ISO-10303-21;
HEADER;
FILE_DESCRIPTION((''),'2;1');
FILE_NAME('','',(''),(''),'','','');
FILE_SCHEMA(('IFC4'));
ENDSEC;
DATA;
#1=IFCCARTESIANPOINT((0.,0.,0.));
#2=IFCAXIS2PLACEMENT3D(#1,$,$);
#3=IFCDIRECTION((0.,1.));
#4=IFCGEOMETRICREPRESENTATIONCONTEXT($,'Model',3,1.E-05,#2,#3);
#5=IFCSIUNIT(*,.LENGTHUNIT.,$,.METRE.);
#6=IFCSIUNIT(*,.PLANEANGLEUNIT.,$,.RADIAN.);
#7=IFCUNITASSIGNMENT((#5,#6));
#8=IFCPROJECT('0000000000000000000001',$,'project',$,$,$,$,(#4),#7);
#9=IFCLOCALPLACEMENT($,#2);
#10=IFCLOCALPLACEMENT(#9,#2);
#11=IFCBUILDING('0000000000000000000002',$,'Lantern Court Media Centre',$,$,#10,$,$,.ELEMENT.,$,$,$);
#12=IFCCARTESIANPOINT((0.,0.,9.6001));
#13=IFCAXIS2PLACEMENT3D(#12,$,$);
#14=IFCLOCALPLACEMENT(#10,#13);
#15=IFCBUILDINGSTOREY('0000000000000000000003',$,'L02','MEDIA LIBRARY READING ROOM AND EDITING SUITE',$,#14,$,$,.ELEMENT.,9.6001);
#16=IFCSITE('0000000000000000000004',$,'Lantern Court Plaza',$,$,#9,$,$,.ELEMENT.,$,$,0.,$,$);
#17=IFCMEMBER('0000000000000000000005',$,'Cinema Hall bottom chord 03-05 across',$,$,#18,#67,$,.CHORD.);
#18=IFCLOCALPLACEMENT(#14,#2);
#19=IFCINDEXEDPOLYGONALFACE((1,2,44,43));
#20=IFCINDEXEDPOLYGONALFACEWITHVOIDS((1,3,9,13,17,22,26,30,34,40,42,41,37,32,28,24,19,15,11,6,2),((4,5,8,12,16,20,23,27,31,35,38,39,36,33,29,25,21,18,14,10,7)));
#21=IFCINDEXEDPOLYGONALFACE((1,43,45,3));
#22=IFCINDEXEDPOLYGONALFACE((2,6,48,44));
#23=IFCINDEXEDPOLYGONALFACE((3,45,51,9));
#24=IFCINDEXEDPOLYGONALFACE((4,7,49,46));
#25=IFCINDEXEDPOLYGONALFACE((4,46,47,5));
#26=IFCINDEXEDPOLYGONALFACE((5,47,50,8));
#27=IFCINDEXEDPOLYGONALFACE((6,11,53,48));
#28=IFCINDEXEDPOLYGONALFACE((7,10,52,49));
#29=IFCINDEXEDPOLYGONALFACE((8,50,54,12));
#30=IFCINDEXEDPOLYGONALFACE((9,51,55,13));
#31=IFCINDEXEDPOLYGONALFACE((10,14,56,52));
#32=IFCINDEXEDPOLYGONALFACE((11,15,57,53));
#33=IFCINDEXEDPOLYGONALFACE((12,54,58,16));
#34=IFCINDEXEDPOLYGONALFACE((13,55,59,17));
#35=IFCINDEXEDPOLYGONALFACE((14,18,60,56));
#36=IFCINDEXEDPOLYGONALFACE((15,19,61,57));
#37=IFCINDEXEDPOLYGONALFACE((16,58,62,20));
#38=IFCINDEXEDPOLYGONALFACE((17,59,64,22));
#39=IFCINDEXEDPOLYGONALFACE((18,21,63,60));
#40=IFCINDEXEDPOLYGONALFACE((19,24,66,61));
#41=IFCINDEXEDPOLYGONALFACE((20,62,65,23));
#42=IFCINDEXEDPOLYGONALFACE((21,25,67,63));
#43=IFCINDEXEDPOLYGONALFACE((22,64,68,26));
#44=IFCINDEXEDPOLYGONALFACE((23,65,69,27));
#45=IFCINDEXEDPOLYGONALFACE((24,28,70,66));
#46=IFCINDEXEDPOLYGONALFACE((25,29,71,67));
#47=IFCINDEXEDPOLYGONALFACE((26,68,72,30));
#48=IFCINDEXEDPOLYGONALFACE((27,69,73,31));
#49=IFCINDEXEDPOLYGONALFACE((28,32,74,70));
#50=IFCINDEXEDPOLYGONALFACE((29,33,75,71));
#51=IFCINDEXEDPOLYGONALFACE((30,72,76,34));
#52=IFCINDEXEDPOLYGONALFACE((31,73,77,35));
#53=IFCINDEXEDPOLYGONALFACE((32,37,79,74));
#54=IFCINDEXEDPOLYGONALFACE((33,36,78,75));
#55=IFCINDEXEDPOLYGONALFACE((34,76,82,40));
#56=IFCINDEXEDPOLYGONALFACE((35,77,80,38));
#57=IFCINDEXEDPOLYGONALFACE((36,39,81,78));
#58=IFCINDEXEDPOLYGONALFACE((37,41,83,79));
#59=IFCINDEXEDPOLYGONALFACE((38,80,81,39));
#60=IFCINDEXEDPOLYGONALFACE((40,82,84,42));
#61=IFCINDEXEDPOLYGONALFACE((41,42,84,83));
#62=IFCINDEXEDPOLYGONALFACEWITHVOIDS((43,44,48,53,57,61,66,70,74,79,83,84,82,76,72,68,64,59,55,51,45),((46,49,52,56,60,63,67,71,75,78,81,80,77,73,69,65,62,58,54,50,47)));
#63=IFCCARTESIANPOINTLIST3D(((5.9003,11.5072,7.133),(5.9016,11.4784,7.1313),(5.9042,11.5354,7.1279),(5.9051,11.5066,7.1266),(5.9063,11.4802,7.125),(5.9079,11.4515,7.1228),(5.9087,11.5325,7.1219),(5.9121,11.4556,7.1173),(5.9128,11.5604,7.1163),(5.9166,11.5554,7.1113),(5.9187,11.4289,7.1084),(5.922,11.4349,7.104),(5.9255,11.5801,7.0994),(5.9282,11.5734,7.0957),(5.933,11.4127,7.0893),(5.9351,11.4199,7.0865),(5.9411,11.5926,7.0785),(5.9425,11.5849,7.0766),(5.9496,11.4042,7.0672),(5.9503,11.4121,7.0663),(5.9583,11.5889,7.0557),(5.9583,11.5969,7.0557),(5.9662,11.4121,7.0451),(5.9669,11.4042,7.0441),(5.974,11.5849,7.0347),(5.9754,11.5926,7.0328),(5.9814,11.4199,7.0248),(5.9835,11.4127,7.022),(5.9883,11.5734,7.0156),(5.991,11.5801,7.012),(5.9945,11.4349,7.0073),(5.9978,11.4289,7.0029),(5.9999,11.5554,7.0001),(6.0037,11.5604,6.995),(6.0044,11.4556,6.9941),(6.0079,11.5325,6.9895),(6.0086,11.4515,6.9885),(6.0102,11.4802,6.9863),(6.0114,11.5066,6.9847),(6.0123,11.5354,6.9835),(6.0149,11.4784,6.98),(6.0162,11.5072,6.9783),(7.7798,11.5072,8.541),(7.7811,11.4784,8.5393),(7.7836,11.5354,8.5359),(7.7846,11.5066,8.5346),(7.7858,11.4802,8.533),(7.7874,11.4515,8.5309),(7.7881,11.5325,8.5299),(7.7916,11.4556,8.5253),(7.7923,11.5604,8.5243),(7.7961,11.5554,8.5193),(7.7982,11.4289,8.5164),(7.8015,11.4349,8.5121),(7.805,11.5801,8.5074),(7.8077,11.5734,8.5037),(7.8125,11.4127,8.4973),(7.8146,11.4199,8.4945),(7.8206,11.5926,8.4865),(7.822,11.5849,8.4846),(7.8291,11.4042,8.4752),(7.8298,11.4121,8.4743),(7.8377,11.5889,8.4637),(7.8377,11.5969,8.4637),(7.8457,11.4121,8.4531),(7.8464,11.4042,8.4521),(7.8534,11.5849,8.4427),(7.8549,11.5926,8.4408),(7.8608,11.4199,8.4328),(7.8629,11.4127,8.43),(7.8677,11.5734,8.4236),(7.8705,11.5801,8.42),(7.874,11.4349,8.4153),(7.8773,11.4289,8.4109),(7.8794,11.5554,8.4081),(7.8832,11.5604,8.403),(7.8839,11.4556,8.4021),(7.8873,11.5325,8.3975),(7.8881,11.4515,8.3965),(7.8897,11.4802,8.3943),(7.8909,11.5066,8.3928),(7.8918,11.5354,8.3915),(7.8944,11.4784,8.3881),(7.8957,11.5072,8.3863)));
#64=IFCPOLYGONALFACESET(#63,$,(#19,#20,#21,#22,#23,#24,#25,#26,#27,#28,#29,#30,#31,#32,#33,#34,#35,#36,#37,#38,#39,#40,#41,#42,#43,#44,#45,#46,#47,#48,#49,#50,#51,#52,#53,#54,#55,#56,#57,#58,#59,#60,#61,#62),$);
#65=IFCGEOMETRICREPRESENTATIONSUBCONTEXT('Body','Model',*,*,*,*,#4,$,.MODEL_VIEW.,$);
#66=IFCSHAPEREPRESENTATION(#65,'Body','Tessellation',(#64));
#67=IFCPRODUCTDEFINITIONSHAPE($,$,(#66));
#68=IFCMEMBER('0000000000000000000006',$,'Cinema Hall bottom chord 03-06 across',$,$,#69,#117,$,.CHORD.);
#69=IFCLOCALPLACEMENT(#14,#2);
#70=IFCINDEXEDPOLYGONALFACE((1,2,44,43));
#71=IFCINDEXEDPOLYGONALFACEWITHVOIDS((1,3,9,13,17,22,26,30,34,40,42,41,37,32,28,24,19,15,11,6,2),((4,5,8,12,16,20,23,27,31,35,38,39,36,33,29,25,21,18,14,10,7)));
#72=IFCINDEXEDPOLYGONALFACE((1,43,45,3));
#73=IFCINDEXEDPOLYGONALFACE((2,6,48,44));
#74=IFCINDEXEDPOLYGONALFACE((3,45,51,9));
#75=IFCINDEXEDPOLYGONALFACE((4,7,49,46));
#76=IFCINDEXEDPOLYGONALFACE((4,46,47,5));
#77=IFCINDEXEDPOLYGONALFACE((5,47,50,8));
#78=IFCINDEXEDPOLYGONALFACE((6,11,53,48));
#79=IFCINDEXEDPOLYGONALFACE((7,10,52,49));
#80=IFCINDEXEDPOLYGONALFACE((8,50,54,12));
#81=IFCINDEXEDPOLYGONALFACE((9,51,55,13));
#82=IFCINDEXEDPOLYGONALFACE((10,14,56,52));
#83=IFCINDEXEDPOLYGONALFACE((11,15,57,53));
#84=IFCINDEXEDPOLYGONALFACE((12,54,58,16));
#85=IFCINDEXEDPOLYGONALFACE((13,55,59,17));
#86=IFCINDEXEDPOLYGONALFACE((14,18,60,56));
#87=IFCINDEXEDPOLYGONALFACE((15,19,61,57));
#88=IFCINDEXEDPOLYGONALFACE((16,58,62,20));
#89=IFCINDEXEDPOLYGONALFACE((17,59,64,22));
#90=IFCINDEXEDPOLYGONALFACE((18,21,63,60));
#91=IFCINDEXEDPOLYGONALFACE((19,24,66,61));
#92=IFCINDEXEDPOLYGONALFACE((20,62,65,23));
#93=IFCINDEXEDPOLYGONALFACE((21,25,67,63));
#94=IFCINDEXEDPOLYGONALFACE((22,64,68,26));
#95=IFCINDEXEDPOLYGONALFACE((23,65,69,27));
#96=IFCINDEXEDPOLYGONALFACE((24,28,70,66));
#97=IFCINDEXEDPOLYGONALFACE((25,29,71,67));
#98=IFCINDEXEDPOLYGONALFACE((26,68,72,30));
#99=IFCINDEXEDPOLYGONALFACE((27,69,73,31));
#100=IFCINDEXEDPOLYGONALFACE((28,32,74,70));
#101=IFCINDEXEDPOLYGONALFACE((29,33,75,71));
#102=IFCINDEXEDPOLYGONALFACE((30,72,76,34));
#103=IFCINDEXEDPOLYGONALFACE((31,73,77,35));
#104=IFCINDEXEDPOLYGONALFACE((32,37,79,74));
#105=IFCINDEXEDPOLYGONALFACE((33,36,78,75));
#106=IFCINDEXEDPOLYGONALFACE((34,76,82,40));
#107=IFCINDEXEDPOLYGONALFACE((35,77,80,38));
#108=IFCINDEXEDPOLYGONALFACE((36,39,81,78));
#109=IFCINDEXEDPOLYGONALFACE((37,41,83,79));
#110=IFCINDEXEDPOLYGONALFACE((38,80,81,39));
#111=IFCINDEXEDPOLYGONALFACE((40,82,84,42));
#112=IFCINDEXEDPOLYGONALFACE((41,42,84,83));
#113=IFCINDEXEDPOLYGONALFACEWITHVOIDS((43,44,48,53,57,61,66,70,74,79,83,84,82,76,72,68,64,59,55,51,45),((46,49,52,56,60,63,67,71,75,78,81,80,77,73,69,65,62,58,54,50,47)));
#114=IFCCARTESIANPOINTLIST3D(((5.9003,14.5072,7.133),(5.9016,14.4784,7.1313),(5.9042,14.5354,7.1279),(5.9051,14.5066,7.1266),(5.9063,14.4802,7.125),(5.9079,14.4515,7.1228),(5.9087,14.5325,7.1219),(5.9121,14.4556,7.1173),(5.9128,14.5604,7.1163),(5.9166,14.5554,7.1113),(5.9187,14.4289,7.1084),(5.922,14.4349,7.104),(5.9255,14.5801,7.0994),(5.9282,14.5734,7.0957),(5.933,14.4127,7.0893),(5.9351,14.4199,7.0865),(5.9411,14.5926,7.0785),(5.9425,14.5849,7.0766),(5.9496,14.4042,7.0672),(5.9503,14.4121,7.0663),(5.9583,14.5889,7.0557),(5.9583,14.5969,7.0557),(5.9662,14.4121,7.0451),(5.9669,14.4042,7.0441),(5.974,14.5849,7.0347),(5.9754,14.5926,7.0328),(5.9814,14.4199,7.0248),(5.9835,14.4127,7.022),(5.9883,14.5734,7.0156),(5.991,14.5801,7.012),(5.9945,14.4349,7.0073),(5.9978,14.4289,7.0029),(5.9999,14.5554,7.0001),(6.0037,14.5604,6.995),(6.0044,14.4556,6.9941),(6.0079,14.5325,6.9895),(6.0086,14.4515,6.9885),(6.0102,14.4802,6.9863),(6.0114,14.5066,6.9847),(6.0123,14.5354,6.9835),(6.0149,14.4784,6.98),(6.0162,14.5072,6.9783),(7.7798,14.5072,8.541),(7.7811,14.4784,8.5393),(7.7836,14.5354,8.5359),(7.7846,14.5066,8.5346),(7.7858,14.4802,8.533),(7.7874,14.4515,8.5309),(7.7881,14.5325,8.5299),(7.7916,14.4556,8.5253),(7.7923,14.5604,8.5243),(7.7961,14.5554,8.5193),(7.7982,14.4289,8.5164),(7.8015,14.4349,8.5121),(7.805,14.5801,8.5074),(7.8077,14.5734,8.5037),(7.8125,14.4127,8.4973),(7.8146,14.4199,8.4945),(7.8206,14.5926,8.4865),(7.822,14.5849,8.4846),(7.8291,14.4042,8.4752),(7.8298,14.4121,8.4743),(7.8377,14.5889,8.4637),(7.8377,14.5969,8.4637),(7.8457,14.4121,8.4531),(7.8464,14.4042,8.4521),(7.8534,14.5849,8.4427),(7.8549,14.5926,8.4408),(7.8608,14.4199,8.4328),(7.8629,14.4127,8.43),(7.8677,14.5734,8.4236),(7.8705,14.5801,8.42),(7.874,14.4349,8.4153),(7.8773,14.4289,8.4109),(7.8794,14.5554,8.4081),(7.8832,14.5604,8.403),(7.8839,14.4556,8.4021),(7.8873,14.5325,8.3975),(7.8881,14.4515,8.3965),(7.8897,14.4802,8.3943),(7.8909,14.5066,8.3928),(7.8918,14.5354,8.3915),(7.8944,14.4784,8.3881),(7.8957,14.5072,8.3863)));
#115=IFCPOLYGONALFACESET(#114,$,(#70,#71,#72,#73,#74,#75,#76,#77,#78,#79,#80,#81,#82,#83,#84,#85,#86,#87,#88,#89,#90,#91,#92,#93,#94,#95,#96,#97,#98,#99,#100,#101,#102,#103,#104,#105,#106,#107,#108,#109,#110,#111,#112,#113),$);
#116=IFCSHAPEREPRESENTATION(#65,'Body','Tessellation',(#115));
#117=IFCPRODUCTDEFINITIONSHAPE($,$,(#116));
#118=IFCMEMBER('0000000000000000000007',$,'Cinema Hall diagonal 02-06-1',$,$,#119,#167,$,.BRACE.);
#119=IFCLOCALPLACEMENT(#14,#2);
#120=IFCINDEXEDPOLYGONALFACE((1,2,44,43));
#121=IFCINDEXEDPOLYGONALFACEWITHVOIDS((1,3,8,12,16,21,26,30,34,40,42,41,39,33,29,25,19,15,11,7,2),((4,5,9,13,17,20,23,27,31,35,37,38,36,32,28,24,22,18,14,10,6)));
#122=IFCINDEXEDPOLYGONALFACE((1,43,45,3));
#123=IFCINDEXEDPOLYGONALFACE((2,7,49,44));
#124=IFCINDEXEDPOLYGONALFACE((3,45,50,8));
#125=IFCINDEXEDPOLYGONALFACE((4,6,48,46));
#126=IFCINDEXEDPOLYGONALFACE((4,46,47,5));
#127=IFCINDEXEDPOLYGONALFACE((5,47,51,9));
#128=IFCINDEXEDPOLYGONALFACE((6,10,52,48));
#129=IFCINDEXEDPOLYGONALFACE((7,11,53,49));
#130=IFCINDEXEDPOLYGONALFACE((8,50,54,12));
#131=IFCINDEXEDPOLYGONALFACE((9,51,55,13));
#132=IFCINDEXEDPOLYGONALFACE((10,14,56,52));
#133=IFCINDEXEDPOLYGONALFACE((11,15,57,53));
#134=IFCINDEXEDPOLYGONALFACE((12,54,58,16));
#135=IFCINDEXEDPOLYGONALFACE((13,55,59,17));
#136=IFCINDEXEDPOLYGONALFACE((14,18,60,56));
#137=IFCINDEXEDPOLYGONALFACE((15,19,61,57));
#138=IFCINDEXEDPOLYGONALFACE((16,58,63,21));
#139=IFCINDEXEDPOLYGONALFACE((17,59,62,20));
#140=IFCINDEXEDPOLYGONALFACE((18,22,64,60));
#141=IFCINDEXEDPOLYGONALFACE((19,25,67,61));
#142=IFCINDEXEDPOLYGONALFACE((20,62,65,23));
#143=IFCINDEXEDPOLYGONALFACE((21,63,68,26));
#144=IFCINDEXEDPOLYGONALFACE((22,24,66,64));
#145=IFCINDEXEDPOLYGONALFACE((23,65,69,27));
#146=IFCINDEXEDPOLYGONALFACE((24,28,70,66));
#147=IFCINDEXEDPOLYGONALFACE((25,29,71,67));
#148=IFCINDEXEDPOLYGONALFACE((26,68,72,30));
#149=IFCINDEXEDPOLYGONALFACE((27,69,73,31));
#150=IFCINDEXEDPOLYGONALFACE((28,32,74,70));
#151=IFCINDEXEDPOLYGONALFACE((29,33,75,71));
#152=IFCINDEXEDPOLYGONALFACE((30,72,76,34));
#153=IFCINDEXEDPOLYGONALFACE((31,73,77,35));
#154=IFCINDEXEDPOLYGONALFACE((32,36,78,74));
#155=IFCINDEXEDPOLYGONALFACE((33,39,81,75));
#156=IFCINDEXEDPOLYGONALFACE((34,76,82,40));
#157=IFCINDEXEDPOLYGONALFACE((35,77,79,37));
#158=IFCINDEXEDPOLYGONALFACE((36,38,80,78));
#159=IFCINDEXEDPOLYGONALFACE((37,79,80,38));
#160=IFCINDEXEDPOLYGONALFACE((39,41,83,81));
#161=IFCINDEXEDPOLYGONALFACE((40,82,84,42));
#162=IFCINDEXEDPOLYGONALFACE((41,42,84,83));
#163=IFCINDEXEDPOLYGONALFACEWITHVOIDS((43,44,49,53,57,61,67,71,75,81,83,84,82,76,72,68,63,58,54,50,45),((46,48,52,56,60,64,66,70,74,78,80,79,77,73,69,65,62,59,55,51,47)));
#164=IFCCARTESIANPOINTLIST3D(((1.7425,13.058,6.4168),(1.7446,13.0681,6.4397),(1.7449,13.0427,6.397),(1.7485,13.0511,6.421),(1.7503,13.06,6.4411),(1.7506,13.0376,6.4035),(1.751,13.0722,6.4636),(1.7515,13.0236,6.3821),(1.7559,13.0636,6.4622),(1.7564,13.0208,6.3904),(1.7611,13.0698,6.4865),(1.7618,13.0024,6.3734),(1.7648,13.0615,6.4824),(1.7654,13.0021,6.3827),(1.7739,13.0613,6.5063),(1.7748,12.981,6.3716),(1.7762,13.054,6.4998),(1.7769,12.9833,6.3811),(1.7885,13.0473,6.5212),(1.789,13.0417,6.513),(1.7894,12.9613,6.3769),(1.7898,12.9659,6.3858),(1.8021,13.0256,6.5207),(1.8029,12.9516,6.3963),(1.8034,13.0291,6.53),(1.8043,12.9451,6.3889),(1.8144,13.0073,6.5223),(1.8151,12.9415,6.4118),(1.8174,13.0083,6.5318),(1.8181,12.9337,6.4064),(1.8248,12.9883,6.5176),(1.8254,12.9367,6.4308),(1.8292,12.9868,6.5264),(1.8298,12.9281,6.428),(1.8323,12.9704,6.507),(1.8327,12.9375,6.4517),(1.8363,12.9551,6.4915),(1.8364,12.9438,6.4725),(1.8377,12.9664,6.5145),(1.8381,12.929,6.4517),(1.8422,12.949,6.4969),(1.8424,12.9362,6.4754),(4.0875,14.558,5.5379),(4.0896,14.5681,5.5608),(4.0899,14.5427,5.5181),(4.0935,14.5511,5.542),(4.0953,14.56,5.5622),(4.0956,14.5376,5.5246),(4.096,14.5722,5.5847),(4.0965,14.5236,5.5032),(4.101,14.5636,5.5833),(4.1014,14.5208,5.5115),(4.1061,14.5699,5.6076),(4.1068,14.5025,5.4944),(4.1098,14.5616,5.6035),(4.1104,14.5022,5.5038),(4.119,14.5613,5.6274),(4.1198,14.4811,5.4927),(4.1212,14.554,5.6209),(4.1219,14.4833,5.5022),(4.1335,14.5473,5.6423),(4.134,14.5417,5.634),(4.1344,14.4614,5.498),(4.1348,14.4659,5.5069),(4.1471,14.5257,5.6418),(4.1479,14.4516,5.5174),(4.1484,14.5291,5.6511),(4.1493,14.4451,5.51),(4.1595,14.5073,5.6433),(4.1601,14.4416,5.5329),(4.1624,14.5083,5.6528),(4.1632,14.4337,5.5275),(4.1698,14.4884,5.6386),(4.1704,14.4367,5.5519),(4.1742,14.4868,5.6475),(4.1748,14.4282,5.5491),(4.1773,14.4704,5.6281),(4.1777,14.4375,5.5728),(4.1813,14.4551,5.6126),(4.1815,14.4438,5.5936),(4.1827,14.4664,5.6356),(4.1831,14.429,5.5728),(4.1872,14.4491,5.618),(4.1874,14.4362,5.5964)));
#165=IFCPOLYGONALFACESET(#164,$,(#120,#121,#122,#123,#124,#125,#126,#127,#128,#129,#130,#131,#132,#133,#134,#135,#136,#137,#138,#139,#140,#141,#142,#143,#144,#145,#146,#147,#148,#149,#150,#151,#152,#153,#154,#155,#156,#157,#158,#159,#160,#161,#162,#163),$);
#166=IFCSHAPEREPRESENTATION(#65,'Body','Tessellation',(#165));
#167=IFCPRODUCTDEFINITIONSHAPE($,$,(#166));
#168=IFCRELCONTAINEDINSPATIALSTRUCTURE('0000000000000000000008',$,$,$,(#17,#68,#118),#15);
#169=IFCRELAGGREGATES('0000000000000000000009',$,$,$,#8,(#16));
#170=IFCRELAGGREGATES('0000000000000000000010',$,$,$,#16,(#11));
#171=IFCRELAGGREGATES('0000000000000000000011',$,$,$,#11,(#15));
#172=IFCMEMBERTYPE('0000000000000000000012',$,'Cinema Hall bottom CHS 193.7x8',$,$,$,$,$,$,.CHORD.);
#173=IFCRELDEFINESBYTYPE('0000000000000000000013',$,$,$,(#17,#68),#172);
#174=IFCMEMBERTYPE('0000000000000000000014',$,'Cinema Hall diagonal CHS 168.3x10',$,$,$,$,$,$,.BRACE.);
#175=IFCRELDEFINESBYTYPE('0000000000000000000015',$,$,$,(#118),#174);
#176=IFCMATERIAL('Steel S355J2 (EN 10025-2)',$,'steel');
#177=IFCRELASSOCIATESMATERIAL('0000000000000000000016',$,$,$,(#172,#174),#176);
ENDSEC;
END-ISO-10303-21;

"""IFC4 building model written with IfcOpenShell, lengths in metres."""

from ifc_helpers import new_model, si_unit, direction, frame, origin, origin_2d, place, context, subcontext, project, spatial, hollow_circle, extrude, material, material_profile, profile_set, type_object, element, save


model = new_model("IFC4")

# Units and contexts
model_context = context("Model", 3, precision=1e-05, world=origin(), true_north=direction((0.0, 1.0)))
body_context = subcontext(model_context, "Body", "Model", "MODEL_VIEW")
ifc_project = project(units=[si_unit("LENGTHUNIT", "METRE"), si_unit("PLANEANGLEUNIT", "RADIAN")], contexts=[model_context])

# Site, building, storey
site_placement = place(None, origin())
site = spatial("IfcSite", under=ifc_project, at=site_placement, Name="Lantern Court Plaza", CompositionType="ELEMENT", RefElevation=0.0)
building_placement = place(site_placement, origin())
building = spatial("IfcBuilding", under=site, at=building_placement, Name="Lantern Court Media Centre", CompositionType="ELEMENT")
storey_placement = place(building_placement, frame((0.0, 0.0, 9.6001)))
storey = spatial("IfcBuildingStorey", under=building, at=storey_placement, Name="L02", Description="MEDIA LIBRARY READING ROOM AND EDITING SUITE", CompositionType="ELEMENT", Elevation=9.6001)

# Members
ifc_material = material(Name="Steel S355J2 (EN 10025-2)", Category="steel")
ifc_material_profile_1 = material_profile(ifc_material, hollow_circle(Radius=0.0969, WallThickness=0.0081, at=origin_2d()), Name="Cinema Hall bottom CHS 193.7x8")
ifc_profile_set_1 = profile_set([ifc_material_profile_1], Name="Steel S355J2 (EN 10025-2)")
member_type_1 = type_object("IfcMemberType", Name="Cinema Hall bottom CHS 193.7x8", PredefinedType="CHORD", material=ifc_profile_set_1)
for number, where, z_axis, x_axis, name in (
    (1, (5.9583, 11.5, 7.0557), (0.800324, 0.0, 0.599567), (0.0, 1.0, 0.0), "Cinema Hall bottom chord 03-05 across"),
    (2, (5.9583, 14.5, 7.0557), (0.800324, 0.0, 0.599567), (0.0, 1.0, 0.0), "Cinema Hall bottom chord 03-06 across"),
):
    element("IfcMember", number, at=place(storey_placement, frame(where, z_axis=z_axis, x_axis=x_axis)), inside=storey, type_object=member_type_1, Name=name, PredefinedType="CHORD", context=body_context, shape_type="SweptSolid", body=[
        extrude(hollow_circle(Radius=0.0969, WallThickness=0.0081, at=origin_2d()), origin(), (0.0, 0.0, 1.0), 2.3484),
    ])
ifc_material_profile_2 = material_profile(ifc_material, hollow_circle(Radius=0.0842, WallThickness=0.01, at=origin_2d()), Name="Cinema Hall diagonal CHS 168.3x10")
ifc_profile_set_2 = profile_set([ifc_material_profile_2], Name="Steel S355J2 (EN 10025-2)")
member_type_2 = type_object("IfcMemberType", Name="Cinema Hall diagonal CHS 168.3x10", PredefinedType="BRACE", material=ifc_profile_set_2)
member_1_placement = place(storey_placement, frame((4.1377, 14.5, 5.5728), z_axis=(-0.803309, -0.51385, 0.301084), x_axis=(0.538855, -0.842399, 0.0)))
element("IfcMember", 3, at=member_1_placement, inside=storey, type_object=member_type_2, Name="Cinema Hall diagonal 02-06-1", PredefinedType="BRACE", context=body_context, shape_type="SweptSolid", body=[
    extrude(hollow_circle(Radius=0.0842, WallThickness=0.01, at=origin_2d()), origin(), (0.0, 0.0, 1.0), 2.9192),
])

save(model, "model.ifc")
